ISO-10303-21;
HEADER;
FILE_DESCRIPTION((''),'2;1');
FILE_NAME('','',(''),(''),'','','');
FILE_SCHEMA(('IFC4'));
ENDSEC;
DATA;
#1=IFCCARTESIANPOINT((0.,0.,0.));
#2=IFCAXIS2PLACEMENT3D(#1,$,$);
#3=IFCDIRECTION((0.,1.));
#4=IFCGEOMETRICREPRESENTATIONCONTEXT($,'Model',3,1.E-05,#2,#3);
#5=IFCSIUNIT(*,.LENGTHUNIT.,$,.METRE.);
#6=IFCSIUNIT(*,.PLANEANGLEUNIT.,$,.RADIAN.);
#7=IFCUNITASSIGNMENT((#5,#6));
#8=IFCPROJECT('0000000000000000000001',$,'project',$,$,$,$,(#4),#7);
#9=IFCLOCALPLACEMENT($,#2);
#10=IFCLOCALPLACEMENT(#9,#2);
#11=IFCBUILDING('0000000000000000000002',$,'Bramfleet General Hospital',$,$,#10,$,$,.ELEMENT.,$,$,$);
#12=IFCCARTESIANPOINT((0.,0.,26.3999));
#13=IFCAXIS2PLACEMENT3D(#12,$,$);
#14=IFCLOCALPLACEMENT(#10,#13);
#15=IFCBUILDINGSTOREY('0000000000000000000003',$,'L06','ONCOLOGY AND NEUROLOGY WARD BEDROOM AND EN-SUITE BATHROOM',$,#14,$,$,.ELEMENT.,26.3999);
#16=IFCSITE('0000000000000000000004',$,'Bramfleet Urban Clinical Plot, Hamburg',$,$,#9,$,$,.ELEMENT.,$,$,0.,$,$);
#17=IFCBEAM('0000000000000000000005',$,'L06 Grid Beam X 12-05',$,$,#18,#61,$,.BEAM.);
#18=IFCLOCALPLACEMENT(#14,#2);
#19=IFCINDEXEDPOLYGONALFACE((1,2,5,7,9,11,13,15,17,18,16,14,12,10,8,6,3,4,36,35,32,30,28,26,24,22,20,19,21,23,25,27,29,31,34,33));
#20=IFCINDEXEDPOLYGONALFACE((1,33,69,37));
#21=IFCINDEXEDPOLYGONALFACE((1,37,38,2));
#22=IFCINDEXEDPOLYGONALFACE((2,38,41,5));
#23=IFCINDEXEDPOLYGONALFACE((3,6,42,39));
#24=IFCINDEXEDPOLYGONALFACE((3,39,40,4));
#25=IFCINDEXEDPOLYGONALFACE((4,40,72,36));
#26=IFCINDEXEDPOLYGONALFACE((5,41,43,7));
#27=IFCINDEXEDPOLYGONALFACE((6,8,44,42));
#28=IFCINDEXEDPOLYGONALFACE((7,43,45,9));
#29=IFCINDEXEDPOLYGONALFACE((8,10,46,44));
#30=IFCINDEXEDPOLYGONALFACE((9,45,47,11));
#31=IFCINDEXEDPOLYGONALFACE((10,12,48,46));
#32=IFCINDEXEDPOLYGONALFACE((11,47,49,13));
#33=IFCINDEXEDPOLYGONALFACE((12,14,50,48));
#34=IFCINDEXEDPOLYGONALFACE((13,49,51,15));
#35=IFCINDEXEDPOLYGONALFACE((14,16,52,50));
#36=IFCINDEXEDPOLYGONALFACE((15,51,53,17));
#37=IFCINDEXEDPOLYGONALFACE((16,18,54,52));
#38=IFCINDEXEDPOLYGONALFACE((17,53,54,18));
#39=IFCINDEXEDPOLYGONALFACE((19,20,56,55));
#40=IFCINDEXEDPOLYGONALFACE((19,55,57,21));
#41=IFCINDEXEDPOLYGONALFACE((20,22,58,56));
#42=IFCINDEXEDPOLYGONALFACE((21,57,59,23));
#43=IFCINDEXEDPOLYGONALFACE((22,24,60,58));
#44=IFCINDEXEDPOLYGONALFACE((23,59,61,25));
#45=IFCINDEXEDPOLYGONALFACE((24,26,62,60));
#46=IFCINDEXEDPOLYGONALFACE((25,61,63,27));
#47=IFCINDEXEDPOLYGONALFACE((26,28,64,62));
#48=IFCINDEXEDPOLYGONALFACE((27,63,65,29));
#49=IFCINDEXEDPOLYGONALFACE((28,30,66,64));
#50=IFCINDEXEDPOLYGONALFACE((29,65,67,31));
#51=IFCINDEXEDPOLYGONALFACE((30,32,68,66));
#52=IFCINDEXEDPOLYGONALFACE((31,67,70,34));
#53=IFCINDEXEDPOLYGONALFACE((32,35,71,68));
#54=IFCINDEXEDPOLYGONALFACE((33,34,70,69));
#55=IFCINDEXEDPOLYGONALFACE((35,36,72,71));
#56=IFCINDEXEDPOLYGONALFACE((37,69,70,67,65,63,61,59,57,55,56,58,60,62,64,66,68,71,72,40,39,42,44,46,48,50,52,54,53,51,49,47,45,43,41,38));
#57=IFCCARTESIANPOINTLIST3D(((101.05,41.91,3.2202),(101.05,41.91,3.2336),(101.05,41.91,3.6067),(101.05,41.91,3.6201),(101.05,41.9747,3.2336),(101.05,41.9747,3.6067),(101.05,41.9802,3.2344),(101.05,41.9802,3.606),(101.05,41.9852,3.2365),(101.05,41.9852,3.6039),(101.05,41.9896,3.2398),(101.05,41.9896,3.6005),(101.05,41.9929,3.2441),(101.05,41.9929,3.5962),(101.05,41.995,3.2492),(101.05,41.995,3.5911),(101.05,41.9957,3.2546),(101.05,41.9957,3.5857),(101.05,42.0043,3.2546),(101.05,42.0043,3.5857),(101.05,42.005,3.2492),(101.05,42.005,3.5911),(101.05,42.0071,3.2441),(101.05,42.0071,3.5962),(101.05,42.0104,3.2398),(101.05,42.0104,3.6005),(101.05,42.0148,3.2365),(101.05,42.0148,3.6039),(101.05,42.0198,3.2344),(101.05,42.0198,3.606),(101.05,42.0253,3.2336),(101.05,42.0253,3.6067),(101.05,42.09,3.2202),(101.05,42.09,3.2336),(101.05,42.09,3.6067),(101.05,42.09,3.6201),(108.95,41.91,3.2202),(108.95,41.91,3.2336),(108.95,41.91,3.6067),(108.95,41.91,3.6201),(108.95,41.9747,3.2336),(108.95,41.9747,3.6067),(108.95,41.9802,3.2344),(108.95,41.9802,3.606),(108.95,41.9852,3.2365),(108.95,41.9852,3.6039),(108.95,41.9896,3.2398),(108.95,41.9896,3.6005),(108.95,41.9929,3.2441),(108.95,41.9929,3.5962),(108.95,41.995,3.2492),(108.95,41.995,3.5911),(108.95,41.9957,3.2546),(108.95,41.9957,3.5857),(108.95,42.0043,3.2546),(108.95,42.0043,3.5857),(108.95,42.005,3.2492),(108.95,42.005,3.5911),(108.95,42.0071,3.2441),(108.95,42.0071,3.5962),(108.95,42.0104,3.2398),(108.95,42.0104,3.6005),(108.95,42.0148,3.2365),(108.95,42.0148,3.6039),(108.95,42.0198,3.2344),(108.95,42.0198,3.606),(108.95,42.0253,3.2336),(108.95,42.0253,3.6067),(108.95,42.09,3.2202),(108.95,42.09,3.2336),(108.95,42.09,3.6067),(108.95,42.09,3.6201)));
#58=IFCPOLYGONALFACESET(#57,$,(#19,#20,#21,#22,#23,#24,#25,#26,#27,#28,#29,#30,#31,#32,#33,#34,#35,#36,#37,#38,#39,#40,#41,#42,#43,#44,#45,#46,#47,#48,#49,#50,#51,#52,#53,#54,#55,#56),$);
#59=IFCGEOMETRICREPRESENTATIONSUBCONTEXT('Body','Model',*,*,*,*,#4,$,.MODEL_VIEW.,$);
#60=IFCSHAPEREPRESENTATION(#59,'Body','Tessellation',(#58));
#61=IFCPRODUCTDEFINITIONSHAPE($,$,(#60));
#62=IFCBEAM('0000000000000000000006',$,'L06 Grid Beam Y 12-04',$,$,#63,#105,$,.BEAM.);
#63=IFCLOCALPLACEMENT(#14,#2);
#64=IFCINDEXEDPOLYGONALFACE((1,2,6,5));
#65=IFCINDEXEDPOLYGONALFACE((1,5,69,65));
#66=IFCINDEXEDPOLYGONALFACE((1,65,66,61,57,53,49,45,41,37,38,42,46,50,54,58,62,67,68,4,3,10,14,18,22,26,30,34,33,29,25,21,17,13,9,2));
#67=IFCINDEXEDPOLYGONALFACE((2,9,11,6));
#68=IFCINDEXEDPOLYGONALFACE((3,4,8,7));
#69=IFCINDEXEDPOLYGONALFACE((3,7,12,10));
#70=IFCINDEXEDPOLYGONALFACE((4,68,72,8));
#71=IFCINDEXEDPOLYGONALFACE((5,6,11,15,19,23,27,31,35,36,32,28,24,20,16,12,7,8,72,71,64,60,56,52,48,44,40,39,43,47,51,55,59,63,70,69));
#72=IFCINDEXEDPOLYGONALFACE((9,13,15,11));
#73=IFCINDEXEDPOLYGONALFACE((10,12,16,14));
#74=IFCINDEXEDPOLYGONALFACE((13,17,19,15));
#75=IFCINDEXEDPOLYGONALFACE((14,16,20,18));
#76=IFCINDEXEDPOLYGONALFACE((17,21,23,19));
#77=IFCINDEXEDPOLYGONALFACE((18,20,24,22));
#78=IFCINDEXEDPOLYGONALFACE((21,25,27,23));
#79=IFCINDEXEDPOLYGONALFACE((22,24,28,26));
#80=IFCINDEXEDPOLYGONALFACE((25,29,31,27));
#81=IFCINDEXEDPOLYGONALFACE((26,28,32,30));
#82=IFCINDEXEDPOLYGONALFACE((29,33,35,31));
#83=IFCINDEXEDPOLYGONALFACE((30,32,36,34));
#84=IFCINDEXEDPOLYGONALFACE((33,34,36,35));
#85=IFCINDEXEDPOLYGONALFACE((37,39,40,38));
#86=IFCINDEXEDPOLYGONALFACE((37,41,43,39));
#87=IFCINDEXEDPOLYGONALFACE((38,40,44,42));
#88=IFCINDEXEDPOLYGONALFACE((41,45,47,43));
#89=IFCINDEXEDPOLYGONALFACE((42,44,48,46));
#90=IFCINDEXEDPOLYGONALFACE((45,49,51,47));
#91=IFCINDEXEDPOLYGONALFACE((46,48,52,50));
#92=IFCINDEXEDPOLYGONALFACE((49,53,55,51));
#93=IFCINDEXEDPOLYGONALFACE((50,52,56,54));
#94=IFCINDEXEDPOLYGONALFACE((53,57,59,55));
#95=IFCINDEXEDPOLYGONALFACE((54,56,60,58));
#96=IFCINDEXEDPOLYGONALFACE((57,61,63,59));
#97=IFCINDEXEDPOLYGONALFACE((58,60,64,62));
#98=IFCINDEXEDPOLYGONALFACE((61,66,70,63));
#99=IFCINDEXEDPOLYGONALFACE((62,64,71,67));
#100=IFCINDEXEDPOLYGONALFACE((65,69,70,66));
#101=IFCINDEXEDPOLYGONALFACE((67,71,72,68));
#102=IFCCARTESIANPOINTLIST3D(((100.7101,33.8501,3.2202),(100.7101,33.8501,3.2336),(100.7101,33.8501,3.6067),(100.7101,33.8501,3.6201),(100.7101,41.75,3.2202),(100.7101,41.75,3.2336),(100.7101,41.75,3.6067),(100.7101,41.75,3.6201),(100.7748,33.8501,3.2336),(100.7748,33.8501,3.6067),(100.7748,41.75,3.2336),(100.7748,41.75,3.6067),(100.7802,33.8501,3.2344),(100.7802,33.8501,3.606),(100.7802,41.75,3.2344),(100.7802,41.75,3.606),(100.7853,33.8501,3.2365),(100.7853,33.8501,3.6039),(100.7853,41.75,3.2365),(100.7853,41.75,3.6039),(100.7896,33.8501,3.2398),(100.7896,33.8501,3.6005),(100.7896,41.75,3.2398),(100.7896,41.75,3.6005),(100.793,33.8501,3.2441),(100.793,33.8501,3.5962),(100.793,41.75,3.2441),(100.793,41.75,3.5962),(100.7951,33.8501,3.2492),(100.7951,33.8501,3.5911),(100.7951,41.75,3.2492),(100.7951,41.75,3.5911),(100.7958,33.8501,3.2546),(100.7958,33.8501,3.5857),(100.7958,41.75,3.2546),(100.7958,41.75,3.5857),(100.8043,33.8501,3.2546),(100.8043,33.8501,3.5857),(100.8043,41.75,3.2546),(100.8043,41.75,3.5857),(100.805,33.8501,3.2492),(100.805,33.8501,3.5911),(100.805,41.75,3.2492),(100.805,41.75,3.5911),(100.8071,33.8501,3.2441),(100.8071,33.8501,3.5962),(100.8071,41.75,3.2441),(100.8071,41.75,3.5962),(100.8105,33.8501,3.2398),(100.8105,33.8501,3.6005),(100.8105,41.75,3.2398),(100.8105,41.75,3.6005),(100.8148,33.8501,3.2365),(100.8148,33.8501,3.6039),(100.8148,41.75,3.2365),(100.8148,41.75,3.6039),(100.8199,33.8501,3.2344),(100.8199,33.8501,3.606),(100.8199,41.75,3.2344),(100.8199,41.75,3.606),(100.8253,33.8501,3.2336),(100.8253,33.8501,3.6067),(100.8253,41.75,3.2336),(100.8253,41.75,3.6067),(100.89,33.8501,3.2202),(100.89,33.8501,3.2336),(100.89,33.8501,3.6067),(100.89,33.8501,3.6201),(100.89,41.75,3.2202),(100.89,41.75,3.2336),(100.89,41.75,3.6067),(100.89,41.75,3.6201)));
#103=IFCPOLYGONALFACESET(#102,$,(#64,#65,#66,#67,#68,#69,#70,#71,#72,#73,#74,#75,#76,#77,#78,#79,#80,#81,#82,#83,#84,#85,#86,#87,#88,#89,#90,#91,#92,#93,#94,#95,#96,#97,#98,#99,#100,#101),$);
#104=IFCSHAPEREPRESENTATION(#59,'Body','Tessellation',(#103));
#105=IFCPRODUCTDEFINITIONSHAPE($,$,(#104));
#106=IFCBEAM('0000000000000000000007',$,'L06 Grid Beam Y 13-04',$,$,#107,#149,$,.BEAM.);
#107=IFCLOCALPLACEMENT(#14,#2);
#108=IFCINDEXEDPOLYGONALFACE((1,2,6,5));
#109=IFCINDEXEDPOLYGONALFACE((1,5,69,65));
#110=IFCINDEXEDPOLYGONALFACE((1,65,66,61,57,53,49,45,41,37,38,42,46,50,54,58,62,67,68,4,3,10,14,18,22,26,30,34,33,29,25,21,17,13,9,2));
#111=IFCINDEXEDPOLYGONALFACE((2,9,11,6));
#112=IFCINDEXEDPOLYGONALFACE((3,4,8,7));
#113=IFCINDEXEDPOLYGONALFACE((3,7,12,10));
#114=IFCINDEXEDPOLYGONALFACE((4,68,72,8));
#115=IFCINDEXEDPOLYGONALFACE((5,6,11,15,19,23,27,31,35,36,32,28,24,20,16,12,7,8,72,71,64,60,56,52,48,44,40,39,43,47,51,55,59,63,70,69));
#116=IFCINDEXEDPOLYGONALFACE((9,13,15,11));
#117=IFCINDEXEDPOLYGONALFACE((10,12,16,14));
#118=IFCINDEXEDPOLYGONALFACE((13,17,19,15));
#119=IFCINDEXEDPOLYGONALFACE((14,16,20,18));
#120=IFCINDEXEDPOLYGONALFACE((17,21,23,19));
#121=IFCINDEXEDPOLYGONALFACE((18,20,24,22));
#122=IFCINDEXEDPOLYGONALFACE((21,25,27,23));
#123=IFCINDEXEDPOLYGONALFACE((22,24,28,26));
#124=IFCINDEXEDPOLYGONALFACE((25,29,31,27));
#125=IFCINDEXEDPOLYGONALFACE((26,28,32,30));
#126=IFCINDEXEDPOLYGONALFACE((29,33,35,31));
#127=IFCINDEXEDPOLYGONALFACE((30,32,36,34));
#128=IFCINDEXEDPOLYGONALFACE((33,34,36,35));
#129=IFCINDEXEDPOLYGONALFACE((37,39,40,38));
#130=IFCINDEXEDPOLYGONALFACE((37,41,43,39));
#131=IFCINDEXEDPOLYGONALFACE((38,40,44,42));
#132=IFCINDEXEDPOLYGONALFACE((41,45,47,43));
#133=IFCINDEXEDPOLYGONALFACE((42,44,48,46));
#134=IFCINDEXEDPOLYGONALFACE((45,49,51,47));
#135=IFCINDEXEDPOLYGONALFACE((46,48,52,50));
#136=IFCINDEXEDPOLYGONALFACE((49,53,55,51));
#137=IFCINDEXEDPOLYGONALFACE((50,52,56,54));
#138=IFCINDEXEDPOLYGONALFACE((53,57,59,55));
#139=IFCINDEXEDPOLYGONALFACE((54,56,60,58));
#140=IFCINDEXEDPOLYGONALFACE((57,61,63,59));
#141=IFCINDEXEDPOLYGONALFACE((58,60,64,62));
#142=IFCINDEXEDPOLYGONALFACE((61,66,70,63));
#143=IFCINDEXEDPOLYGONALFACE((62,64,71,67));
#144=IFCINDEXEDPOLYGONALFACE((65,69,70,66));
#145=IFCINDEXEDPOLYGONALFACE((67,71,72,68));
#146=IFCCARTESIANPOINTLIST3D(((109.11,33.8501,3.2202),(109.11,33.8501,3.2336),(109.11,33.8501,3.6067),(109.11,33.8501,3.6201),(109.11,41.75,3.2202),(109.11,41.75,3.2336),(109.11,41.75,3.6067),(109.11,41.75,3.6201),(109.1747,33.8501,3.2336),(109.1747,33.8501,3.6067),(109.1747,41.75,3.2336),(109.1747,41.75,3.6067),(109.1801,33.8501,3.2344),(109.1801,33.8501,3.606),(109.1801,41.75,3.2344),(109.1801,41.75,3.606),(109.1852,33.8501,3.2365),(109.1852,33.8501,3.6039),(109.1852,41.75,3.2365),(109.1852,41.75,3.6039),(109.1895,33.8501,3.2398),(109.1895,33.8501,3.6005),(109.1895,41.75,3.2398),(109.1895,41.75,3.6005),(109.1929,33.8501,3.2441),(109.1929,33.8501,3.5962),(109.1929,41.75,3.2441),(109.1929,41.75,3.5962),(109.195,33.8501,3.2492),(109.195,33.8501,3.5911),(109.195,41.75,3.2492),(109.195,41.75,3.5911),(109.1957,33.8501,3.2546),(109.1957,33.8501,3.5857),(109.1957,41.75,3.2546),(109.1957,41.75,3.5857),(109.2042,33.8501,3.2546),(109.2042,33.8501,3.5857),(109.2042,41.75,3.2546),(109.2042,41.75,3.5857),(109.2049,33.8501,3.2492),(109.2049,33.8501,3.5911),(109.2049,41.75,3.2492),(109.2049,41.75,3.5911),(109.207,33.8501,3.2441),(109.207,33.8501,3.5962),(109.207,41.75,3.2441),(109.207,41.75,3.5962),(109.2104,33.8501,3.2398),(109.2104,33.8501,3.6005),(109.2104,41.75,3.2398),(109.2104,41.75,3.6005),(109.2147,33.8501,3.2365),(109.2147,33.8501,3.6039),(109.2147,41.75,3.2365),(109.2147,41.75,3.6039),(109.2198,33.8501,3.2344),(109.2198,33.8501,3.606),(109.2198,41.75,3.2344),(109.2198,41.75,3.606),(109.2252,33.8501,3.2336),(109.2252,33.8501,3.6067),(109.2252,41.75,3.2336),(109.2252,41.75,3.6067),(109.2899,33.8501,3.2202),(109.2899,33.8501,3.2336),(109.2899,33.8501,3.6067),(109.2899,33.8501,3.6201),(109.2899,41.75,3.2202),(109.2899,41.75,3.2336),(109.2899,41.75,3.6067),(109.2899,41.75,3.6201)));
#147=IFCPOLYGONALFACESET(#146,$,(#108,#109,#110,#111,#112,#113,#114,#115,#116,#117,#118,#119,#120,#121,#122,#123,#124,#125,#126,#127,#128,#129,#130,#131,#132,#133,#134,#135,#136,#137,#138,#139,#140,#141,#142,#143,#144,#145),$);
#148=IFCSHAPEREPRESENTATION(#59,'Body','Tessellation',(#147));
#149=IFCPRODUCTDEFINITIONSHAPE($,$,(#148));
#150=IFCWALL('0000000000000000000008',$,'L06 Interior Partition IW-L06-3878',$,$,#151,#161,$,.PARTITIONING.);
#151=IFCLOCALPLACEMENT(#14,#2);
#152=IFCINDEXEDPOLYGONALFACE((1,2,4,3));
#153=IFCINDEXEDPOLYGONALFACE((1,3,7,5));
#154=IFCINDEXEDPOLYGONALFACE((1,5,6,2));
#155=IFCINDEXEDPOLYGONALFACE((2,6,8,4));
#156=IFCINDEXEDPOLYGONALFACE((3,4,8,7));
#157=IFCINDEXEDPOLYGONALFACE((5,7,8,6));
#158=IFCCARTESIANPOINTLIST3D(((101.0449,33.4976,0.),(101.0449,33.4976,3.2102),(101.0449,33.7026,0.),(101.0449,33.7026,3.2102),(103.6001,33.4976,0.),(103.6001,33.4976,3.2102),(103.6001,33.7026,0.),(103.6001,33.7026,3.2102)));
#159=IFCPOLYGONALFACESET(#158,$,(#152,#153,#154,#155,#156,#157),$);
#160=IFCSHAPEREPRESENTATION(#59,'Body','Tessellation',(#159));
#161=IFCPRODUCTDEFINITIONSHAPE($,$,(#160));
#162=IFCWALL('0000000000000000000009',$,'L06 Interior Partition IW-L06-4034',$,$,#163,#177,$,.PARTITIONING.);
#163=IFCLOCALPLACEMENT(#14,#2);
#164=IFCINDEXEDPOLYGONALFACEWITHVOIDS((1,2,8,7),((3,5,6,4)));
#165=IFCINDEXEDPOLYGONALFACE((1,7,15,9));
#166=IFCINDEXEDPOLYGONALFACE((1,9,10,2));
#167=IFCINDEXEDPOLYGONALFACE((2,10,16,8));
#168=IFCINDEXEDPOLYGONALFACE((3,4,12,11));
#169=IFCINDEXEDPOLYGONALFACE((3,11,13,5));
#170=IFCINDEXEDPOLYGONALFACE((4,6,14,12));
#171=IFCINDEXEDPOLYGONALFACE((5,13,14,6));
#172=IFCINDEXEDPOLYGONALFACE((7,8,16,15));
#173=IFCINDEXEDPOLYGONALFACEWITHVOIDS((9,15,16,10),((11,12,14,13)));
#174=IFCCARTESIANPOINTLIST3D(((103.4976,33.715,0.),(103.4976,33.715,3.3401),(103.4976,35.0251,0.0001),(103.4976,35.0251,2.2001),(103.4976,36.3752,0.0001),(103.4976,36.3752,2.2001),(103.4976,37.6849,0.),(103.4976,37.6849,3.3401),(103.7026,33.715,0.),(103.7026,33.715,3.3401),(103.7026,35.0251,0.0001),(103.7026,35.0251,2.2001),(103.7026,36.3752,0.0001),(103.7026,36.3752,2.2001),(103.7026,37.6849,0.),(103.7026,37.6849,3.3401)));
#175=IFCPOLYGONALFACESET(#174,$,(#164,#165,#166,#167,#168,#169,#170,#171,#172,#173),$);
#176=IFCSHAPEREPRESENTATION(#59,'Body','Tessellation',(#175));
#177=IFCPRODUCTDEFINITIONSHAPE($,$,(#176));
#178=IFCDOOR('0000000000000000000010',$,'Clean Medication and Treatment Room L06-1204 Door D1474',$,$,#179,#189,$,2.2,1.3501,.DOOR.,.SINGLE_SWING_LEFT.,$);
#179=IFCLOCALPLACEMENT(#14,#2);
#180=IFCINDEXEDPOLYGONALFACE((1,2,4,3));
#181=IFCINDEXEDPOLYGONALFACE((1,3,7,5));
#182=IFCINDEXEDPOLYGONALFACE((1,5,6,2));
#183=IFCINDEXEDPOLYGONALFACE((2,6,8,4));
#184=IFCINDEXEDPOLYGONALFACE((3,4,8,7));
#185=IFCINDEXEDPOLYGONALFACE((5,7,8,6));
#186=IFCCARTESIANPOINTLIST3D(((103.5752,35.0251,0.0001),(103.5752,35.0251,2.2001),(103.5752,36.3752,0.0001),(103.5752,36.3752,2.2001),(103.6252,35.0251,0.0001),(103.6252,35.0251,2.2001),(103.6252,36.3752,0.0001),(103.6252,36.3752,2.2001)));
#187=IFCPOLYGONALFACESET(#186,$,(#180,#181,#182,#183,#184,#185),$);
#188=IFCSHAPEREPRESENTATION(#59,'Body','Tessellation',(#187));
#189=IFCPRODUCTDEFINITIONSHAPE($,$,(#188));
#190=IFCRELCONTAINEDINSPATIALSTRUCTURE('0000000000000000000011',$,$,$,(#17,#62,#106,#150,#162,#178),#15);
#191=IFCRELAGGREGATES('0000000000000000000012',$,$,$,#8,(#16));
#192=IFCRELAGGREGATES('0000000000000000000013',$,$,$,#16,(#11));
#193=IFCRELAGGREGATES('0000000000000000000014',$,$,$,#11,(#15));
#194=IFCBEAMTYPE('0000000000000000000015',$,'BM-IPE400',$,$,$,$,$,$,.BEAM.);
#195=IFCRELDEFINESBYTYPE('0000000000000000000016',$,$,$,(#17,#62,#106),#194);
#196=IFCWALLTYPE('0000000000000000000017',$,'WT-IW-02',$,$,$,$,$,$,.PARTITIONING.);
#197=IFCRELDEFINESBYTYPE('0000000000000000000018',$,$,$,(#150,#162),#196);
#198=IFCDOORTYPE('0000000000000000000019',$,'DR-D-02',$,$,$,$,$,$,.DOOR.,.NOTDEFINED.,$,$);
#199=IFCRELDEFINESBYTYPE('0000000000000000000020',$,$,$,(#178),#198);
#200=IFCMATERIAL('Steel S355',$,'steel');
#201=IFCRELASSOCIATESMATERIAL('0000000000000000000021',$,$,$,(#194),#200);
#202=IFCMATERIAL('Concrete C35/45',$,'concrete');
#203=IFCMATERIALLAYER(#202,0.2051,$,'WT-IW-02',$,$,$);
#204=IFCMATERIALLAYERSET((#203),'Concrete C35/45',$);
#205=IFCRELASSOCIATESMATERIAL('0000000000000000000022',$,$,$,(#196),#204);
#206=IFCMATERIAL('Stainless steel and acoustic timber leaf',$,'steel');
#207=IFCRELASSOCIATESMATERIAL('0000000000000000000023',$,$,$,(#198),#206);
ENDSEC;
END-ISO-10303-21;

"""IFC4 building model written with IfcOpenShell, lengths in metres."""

from ifc_helpers import new_model, si_unit, direction, frame, frame_2d, origin, origin_2d, place, context, subcontext, project, spatial, rectangle, i_section, extrude, material, layer, layer_set, material_profile, profile_set, type_object, element, fill, save


model = new_model("IFC4")

# Units and contexts
model_context = context("Model", 3, precision=1e-05, world=origin(), true_north=direction((0.0, 1.0)))
body_context = subcontext(model_context, "Body", "Model", "MODEL_VIEW")
ifc_project = project(units=[si_unit("LENGTHUNIT", "METRE"), si_unit("PLANEANGLEUNIT", "RADIAN")], contexts=[model_context])

# Site, building, storey
site_placement = place(None, origin())
site = spatial("IfcSite", under=ifc_project, at=site_placement, Name="Bramfleet Urban Clinical Plot, Hamburg", CompositionType="ELEMENT", RefElevation=0.0)
building_placement = place(site_placement, origin())
building = spatial("IfcBuilding", under=site, at=building_placement, Name="Bramfleet General Hospital", CompositionType="ELEMENT")
storey_placement = place(building_placement, frame((0.0, 0.0, 26.3999)))
storey = spatial("IfcBuildingStorey", under=building, at=storey_placement, Name="L06", Description="ONCOLOGY AND NEUROLOGY WARD BEDROOM AND EN-SUITE BATHROOM", CompositionType="ELEMENT", Elevation=26.3999)

# Beams
ifc_material_1 = material(Name="Steel S355", Category="steel")
ifc_material_profile_1 = material_profile(ifc_material_1, i_section(OverallWidth=0.1799, OverallDepth=0.3999, WebThickness=0.0085, FlangeThickness=0.0134, FilletRadius=0.021, at=origin_2d()), Name="IPE 400")
ifc_profile_set_1 = profile_set([ifc_material_profile_1], Name="Steel S355")
beam_type_1 = type_object("IfcBeamType", Name="BM-IPE400", PredefinedType="BEAM", material=ifc_profile_set_1)
for number, where, z_axis, x_axis, name in (
    (1, (101.05, 42.0, 3.4202), (1.0, 0.0, 0.0), (0.0, 1.0, 0.0), "L06 Grid Beam X 12-05"),
    (2, (100.8, 33.8501, 3.4202), (0.0, 1.0, 0.0), (-1.0, 0.0, 0.0), "L06 Grid Beam Y 12-04"),
    (3, (109.2, 33.8501, 3.4202), (0.0, 1.0, 0.0), (-1.0, 0.0, 0.0), "L06 Grid Beam Y 13-04"),
):
    element("IfcBeam", number, at=place(storey_placement, frame(where, z_axis=z_axis, x_axis=x_axis)), inside=storey, type_object=beam_type_1, Name=name, PredefinedType="BEAM", context=body_context, shape_type="SweptSolid", body=[
        extrude(i_section(OverallWidth=0.1799, OverallDepth=0.3999, WebThickness=0.0085, FlangeThickness=0.0134, FilletRadius=0.021, at=origin_2d()), origin(), (0.0, 0.0, 1.0), 7.8999),
    ])

# Wall
ifc_material_2 = material(Name="Concrete C35/45", Category="concrete")
ifc_layer_1 = layer(ifc_material_2, 0.2051, Name="WT-IW-02")
ifc_layer_set_1 = layer_set([ifc_layer_1], Name="Concrete C35/45")
wall_type_1 = type_object("IfcWallType", Name="WT-IW-02", PredefinedType="PARTITIONING", material=ifc_layer_set_1)
wall_1_placement = place(storey_placement, frame((101.0449, 33.6001, 0.0), z_axis=(0.0, 0.0, 1.0), x_axis=(1.0, 0.0, 0.0)))
element("IfcWall", 4, at=wall_1_placement, inside=storey, type_object=wall_type_1, Name="L06 Interior Partition IW-L06-3878", PredefinedType="PARTITIONING", context=body_context, shape_type="SweptSolid", body=[
    extrude(rectangle(XDim=2.5552, YDim=0.2051, at=frame_2d((1.2776, 0.0))), origin(), (0.0, 0.0, 1.0), 3.2102),
])

# Wall, opening, door
wall_2_placement = place(storey_placement, frame((103.6001, 33.7151, 0.0), z_axis=(0.0, 0.0, 1.0), x_axis=(0.0, 1.0, 0.0)))
wall_2 = element("IfcWall", 5, at=wall_2_placement, inside=storey, type_object=wall_type_1, Name="L06 Interior Partition IW-L06-4034", PredefinedType="PARTITIONING", context=body_context, shape_type="SweptSolid", body=[
    extrude(rectangle(XDim=3.97, YDim=0.2051, at=frame_2d((1.9849, 0.0))), origin(), (0.0, 0.0, 1.0), 3.3401),
])
opening_placement = place(wall_2_placement, frame((1.3101, 0.0, 0.0)))
opening = element("IfcOpeningElement", 6, at=opening_placement, cuts=wall_2, PredefinedType="OPENING", context=body_context, shape_type="SweptSolid", body=[
    extrude(rectangle(XDim=1.3501, YDim=2.2, at=frame_2d((0.675, 1.1001))), frame((0.0, 0.1125, 0.0), z_axis=(0.0, -1.0, 0.0), x_axis=(1.0, 0.0, 0.0)), (0.0, 0.0, 1.0), 0.2251),
])
ifc_material_3 = material(Name="Stainless steel and acoustic timber leaf", Category="steel")
door_type = type_object("IfcDoorType", Name="DR-D-02", OperationType="NOTDEFINED", PredefinedType="DOOR", material=ifc_material_3)
door_placement = place(opening_placement, origin())
door = element("IfcDoor", 7, at=door_placement, inside=storey, type_object=door_type, Name="Clean Medication and Treatment Room L06-1204 Door D1474", OperationType="SINGLE_SWING_LEFT", OverallHeight=2.2, OverallWidth=1.3501, PredefinedType="DOOR", context=body_context, shape_type="SweptSolid", body=[
    extrude(rectangle(XDim=1.3501, YDim=2.2, at=frame_2d((0.675, 1.1001))), frame((0.0, 0.0249, 0.0), z_axis=(0.0, -1.0, 0.0), x_axis=(1.0, 0.0, 0.0)), (0.0, 0.0, 1.0), 0.05),
])
fill(opening, door)

save(model, "model.ifc")
